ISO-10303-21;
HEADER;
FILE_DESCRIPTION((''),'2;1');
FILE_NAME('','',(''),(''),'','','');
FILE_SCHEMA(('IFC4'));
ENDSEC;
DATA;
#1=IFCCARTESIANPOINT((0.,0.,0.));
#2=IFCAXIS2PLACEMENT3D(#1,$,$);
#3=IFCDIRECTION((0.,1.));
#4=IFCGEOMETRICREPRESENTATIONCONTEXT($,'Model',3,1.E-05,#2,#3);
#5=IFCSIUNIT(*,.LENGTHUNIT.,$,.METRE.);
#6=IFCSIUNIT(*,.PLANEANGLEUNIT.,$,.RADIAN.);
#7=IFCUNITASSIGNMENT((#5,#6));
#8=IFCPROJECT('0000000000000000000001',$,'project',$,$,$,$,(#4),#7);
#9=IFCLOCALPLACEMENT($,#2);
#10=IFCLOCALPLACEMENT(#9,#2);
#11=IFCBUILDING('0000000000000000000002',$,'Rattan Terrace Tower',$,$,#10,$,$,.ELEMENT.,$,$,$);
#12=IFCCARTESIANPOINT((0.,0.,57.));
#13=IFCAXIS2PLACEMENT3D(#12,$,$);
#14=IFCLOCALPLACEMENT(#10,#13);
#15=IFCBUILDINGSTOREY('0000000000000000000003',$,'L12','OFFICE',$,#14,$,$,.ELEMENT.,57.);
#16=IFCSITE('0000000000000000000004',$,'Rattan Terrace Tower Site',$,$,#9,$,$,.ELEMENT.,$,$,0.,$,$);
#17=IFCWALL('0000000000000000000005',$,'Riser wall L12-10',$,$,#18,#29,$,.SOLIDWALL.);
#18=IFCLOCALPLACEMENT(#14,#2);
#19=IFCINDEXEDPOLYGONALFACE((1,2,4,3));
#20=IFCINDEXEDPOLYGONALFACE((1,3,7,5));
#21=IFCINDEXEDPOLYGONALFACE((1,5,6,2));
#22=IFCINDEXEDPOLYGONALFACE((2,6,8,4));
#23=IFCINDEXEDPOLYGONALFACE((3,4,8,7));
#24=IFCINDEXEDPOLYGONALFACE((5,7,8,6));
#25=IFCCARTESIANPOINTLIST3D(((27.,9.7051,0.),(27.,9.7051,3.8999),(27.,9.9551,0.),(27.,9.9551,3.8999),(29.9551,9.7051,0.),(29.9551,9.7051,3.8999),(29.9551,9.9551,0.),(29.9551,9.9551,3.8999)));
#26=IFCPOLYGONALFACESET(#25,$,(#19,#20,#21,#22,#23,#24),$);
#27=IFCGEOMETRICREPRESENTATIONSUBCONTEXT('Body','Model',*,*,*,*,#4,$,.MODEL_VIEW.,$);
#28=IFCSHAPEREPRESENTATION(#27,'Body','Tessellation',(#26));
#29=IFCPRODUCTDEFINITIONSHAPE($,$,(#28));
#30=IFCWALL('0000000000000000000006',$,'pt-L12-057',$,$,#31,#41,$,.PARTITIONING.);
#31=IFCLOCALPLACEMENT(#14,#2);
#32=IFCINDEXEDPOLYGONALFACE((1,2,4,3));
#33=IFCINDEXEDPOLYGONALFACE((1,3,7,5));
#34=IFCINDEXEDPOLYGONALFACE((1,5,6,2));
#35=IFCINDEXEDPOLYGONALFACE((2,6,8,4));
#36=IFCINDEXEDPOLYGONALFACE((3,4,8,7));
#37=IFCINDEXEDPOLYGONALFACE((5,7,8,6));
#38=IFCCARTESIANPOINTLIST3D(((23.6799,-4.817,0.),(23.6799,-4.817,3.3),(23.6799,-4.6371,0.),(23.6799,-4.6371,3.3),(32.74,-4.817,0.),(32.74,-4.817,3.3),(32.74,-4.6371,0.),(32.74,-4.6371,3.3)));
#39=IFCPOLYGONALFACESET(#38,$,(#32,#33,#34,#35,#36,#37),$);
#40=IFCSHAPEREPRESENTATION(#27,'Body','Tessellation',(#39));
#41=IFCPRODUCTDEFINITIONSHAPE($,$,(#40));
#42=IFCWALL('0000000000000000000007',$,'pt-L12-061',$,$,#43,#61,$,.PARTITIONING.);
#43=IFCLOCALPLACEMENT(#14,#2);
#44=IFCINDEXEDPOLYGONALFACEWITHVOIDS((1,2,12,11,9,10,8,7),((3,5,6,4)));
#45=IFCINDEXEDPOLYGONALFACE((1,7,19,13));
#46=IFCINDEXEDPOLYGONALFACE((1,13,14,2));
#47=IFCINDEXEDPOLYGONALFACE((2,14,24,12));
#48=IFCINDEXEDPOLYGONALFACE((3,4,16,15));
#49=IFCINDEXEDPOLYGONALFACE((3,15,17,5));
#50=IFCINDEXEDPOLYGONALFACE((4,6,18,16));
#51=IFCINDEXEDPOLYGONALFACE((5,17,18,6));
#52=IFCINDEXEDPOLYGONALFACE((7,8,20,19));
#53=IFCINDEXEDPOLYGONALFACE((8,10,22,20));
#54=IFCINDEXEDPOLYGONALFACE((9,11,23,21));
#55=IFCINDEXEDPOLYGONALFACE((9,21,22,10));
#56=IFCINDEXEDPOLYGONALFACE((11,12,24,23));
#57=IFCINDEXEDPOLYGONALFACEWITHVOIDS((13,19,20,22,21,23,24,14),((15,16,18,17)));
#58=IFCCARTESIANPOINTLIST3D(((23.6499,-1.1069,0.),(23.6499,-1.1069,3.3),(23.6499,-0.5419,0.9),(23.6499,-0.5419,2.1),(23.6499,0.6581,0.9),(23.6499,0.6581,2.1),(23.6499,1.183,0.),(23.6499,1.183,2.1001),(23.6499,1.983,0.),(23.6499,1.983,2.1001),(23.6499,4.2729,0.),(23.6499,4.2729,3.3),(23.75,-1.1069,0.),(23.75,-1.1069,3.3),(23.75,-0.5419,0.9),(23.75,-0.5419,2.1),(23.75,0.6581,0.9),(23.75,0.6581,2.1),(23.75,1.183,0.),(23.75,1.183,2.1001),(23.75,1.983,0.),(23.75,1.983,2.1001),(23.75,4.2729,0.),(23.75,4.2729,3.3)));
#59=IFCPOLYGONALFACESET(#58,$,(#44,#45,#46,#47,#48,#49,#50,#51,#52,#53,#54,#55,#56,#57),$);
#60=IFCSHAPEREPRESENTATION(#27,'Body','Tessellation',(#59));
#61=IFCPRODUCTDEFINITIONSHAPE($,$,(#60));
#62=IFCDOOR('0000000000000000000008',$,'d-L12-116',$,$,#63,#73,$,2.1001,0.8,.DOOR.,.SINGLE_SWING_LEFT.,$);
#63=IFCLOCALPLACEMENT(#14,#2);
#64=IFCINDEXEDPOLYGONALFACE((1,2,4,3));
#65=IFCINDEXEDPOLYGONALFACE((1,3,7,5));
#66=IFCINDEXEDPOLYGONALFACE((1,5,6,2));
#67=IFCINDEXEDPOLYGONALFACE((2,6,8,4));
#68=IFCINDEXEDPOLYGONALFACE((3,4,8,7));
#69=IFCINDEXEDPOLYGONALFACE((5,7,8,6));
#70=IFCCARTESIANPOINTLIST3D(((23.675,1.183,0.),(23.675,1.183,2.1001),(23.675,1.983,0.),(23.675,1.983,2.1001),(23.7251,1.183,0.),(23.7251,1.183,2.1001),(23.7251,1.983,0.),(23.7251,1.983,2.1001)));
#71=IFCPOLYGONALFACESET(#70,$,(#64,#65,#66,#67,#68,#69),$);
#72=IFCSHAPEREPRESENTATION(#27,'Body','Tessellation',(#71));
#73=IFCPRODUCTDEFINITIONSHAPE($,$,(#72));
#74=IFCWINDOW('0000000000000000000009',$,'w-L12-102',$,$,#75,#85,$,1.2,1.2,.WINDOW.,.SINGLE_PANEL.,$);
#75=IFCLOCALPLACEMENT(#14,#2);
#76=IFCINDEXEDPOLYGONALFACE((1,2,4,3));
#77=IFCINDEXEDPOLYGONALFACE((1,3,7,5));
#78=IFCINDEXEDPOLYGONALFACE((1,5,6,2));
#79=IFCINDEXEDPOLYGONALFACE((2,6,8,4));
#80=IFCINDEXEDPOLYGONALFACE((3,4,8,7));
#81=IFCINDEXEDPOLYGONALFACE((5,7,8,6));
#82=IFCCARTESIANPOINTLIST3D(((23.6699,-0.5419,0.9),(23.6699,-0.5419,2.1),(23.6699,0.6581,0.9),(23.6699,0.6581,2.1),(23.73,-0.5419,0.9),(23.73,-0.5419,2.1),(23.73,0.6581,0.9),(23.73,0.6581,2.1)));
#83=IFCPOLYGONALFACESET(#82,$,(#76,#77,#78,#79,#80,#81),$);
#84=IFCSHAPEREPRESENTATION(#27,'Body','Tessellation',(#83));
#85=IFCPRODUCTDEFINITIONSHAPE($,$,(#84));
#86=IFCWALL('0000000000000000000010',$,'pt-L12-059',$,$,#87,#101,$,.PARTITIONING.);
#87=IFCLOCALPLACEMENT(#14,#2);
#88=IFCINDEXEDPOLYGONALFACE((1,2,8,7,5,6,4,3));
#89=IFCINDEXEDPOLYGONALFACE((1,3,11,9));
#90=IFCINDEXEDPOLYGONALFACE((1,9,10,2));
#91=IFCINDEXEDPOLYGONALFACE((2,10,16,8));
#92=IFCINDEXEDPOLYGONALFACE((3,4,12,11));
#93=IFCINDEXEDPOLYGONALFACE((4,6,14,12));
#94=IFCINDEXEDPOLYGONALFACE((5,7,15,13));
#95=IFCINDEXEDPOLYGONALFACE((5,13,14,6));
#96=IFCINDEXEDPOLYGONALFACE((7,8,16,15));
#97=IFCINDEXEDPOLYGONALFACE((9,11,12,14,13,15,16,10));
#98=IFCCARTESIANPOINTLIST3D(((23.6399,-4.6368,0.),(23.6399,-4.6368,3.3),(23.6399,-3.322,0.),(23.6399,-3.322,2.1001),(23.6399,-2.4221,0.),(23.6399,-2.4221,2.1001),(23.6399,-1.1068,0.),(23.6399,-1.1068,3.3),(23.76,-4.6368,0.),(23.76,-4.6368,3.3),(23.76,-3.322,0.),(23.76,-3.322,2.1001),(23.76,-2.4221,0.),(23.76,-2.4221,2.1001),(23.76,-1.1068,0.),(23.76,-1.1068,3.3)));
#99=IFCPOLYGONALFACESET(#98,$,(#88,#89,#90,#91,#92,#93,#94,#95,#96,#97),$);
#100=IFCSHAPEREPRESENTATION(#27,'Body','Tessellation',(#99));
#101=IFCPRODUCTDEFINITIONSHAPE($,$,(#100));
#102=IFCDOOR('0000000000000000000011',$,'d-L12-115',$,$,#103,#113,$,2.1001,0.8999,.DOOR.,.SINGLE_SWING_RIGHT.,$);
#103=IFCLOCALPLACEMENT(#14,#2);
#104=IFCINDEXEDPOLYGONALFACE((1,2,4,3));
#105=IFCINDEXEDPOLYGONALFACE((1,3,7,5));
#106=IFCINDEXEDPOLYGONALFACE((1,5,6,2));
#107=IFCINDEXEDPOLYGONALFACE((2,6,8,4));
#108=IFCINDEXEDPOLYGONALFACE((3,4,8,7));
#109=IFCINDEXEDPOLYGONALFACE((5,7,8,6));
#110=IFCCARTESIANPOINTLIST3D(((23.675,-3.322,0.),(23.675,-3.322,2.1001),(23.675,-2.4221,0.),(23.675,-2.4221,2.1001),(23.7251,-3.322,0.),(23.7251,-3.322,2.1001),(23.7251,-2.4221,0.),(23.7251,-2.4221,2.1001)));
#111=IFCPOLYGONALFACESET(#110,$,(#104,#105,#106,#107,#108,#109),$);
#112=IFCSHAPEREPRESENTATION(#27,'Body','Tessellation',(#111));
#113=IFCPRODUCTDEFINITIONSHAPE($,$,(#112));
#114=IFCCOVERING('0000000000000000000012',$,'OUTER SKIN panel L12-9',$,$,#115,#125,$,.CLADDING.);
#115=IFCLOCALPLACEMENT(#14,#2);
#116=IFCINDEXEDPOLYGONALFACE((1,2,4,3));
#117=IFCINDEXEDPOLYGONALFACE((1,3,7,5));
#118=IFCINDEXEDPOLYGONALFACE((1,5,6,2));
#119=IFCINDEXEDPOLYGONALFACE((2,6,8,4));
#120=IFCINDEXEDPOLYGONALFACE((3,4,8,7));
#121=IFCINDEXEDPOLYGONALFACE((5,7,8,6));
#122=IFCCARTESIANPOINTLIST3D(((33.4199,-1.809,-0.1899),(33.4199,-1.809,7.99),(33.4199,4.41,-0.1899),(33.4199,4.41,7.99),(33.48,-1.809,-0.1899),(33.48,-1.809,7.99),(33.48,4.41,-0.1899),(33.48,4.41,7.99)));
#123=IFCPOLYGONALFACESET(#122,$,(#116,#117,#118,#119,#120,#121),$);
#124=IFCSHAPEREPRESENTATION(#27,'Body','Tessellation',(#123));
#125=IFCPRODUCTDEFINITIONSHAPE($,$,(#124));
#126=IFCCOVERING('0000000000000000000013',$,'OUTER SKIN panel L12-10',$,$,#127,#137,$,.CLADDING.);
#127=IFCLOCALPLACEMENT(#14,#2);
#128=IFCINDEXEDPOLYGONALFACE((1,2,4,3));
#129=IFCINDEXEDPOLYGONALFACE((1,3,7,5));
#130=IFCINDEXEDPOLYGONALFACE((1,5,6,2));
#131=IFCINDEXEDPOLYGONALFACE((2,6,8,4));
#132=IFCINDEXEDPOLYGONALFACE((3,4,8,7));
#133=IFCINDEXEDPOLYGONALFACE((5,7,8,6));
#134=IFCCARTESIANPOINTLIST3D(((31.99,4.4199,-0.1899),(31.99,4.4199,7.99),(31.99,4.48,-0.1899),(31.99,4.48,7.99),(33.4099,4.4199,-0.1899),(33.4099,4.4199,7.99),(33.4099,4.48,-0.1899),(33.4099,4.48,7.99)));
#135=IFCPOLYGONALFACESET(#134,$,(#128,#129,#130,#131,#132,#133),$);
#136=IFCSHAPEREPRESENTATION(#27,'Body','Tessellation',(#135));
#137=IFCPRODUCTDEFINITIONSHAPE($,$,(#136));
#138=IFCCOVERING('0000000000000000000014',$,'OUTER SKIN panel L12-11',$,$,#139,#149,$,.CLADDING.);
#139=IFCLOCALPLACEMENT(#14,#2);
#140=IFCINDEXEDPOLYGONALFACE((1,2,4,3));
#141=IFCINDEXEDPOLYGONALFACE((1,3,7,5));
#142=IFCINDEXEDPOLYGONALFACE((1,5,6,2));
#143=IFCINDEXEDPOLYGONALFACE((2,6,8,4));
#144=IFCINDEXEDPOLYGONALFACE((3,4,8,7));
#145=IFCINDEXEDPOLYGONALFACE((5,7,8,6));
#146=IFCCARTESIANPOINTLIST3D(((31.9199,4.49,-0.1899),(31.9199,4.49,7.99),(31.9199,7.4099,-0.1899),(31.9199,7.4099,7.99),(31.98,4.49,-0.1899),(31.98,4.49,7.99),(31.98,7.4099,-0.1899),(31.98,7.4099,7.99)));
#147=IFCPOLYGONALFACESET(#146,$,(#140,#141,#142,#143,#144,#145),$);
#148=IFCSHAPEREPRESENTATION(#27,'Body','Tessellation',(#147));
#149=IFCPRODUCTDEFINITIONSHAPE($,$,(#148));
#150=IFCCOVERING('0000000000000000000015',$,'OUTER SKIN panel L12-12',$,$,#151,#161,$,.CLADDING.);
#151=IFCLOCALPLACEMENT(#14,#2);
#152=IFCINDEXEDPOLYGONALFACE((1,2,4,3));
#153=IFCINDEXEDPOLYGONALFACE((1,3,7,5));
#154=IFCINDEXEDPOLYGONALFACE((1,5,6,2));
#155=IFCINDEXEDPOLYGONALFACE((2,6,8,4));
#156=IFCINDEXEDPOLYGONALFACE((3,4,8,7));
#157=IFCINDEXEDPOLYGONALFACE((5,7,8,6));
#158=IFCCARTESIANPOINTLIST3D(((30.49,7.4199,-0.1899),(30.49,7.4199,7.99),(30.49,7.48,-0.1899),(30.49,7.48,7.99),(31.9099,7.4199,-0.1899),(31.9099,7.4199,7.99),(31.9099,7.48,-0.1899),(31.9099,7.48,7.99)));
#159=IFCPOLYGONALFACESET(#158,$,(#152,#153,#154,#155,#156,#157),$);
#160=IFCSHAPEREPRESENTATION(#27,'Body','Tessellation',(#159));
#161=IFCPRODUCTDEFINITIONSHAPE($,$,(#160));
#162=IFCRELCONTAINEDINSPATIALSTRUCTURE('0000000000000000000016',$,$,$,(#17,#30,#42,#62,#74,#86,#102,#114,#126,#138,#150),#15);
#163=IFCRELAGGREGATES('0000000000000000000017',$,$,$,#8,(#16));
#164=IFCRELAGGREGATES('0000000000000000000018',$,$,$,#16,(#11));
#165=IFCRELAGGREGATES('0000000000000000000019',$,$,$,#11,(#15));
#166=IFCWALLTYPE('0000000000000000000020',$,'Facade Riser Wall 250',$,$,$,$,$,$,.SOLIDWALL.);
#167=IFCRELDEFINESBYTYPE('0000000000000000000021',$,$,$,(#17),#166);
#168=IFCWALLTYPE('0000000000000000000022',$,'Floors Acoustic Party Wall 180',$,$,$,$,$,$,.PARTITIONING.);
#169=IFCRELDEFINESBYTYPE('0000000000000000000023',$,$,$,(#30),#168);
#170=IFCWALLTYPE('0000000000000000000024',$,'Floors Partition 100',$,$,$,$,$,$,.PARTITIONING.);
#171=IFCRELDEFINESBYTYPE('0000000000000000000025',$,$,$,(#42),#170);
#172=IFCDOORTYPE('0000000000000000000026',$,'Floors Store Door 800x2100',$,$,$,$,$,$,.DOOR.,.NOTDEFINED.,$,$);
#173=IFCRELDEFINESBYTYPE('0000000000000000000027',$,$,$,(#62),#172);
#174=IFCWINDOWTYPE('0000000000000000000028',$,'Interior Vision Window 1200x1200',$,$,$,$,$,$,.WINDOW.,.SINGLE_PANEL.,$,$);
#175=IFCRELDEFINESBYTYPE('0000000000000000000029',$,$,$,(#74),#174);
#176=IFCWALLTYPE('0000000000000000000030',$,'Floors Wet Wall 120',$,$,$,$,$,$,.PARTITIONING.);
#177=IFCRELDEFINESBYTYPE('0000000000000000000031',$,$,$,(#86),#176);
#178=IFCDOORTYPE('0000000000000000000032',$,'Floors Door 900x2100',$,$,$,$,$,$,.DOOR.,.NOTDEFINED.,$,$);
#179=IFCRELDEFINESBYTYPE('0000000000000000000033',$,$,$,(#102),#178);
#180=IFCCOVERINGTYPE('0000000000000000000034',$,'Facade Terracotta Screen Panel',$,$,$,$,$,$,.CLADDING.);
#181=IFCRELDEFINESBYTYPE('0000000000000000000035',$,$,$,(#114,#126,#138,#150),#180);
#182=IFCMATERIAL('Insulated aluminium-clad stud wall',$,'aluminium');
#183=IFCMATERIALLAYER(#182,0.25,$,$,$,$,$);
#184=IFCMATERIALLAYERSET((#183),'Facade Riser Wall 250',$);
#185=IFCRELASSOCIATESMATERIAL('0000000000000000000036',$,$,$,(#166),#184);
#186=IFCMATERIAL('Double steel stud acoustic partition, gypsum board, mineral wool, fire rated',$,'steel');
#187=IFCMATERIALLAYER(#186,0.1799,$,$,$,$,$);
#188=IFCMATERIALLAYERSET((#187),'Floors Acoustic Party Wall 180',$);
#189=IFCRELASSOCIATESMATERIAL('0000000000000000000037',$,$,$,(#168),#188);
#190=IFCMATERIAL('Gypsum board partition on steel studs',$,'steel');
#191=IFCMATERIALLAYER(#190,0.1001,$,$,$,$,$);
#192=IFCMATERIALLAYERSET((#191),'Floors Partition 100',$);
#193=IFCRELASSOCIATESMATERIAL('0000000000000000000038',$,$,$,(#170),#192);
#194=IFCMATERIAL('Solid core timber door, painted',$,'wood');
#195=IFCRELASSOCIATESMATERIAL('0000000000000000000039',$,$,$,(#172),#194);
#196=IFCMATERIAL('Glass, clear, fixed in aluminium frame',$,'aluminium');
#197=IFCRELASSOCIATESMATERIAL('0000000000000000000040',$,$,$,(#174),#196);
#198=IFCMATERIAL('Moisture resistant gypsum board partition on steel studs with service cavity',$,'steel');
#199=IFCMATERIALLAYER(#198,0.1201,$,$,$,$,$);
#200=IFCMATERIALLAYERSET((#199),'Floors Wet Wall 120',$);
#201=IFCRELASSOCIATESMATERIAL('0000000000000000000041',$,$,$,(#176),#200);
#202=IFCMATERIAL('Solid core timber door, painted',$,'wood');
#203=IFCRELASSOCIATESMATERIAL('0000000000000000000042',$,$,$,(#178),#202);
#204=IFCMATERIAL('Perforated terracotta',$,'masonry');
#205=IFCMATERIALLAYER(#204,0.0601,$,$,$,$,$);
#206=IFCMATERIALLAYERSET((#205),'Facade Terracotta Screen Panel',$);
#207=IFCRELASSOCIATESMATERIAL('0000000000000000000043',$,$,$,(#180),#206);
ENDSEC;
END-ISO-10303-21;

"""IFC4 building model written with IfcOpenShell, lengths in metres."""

from ifc_helpers import new_model, si_unit, direction, frame, frame_2d, origin, origin_2d, place, context, subcontext, project, spatial, rectangle, extrude, material, layer, layer_set, type_object, element, fill, save


model = new_model("IFC4")

# Units and contexts
model_context = context("Model", 3, precision=1e-05, world=origin(), true_north=direction((0.0, 1.0)))
body_context = subcontext(model_context, "Body", "Model", "MODEL_VIEW")
ifc_project = project(units=[si_unit("LENGTHUNIT", "METRE"), si_unit("PLANEANGLEUNIT", "RADIAN")], contexts=[model_context])

# Site, building, storey
site_placement = place(None, origin())
site = spatial("IfcSite", under=ifc_project, at=site_placement, Name="Rattan Terrace Tower Site", CompositionType="ELEMENT", RefElevation=0.0)
building_placement = place(site_placement, origin())
building = spatial("IfcBuilding", under=site, at=building_placement, Name="Rattan Terrace Tower", CompositionType="ELEMENT")
storey_placement = place(building_placement, frame((0.0, 0.0, 57.0)))
storey = spatial("IfcBuildingStorey", under=building, at=storey_placement, Name="L12", Description="OFFICE", CompositionType="ELEMENT", Elevation=57.0)

# Walls
ifc_material_1 = material(Name="Insulated aluminium-clad stud wall", Category="aluminium")
ifc_layer_1 = layer(ifc_material_1, 0.25)
ifc_layer_set_1 = layer_set([ifc_layer_1], Name="Facade Riser Wall 250")
wall_type_1 = type_object("IfcWallType", Name="Facade Riser Wall 250", PredefinedType="SOLIDWALL", material=ifc_layer_set_1)
wall_1_placement = place(storey_placement, frame((29.9551, 9.8301, 0.0), z_axis=(0.0, 0.0, 1.0), x_axis=(-1.0, 0.0, 0.0)))
element("IfcWall", 1, at=wall_1_placement, inside=storey, type_object=wall_type_1, Name="Riser wall L12-10", PredefinedType="SOLIDWALL", context=body_context, shape_type="SweptSolid", body=[
    extrude(rectangle(XDim=2.9551, YDim=0.25, at=frame_2d((1.4775, 0.0))), origin(), (0.0, 0.0, 1.0), 3.8999),
])
ifc_material_2 = material(Name="Double steel stud acoustic partition, gypsum board, mineral wool, fire rated", Category="steel")
ifc_layer_2 = layer(ifc_material_2, 0.1799)
ifc_layer_set_2 = layer_set([ifc_layer_2], Name="Floors Acoustic Party Wall 180")
wall_type_2 = type_object("IfcWallType", Name="Floors Acoustic Party Wall 180", PredefinedType="PARTITIONING", material=ifc_layer_set_2)
wall_2_placement = place(storey_placement, frame((23.6799, -4.7271, 0.0), z_axis=(0.0, 0.0, 1.0), x_axis=(1.0, 0.0, 0.0)))
element("IfcWall", 2, at=wall_2_placement, inside=storey, type_object=wall_type_2, Name="pt-L12-057", PredefinedType="PARTITIONING", context=body_context, shape_type="SweptSolid", body=[
    extrude(rectangle(XDim=9.0601, YDim=0.1799, at=frame_2d((4.53, 0.0))), origin(), (0.0, 0.0, 1.0), 3.3),
])

# Wall, openings, door, window
ifc_material_3 = material(Name="Gypsum board partition on steel studs", Category="steel")
ifc_layer_3 = layer(ifc_material_3, 0.1001)
ifc_layer_set_3 = layer_set([ifc_layer_3], Name="Floors Partition 100")
wall_type_3 = type_object("IfcWallType", Name="Floors Partition 100", PredefinedType="PARTITIONING", material=ifc_layer_set_3)
wall_3_placement = place(storey_placement, frame((23.7, -1.1069, 0.0), z_axis=(0.0, 0.0, 1.0), x_axis=(0.0, 1.0, 0.0)))
wall_3 = element("IfcWall", 3, at=wall_3_placement, inside=storey, type_object=wall_type_3, Name="pt-L12-061", PredefinedType="PARTITIONING", context=body_context, shape_type="SweptSolid", body=[
    extrude(rectangle(XDim=5.3799, YDim=0.1001, at=frame_2d((2.6899, 0.0))), origin(), (0.0, 0.0, 1.0), 3.3),
])
opening_1_placement = place(wall_3_placement, frame((2.29, 0.0, 0.0)))
opening_1 = element("IfcOpeningElement", 4, at=opening_1_placement, cuts=wall_3, PredefinedType="OPENING", context=body_context, shape_type="SweptSolid", body=[
    extrude(rectangle(XDim=0.8, YDim=2.1001, at=frame_2d((0.3999, 1.05))), frame((0.0, 0.0605, 0.0), z_axis=(0.0, -1.0, 0.0), x_axis=(1.0, 0.0, 0.0)), (0.0, 0.0, 1.0), 0.1211),
])
opening_2_placement = place(wall_3_placement, frame((0.5649, 0.0, 0.8999)))
opening_2 = element("IfcOpeningElement", 5, at=opening_2_placement, cuts=wall_3, PredefinedType="OPENING", context=body_context, shape_type="SweptSolid", body=[
    extrude(rectangle(XDim=1.2, YDim=1.2, at=frame_2d((0.6001, 0.6001))), frame((0.0, 0.0605, 0.0), z_axis=(0.0, -1.0, 0.0), x_axis=(1.0, 0.0, 0.0)), (0.0, 0.0, 1.0), 0.1211),
])
ifc_material_4 = material(Name="Solid core timber door, painted", Category="wood")
door_type_1 = type_object("IfcDoorType", Name="Floors Store Door 800x2100", OperationType="NOTDEFINED", PredefinedType="DOOR", material=ifc_material_4)
door_1_placement = place(opening_1_placement, origin())
door_1 = element("IfcDoor", 6, at=door_1_placement, inside=storey, type_object=door_type_1, Name="d-L12-116", OperationType="SINGLE_SWING_LEFT", OverallHeight=2.1001, OverallWidth=0.8, PredefinedType="DOOR", context=body_context, shape_type="SweptSolid", body=[
    extrude(rectangle(XDim=0.8, YDim=2.1001, at=frame_2d((0.3999, 1.05))), frame((0.0, 0.0249, 0.0), z_axis=(0.0, -1.0, 0.0), x_axis=(1.0, 0.0, 0.0)), (0.0, 0.0, 1.0), 0.05),
])
fill(opening_1, door_1)
ifc_material_5 = material(Name="Glass, clear, fixed in aluminium frame", Category="aluminium")
window_type = type_object("IfcWindowType", Name="Interior Vision Window 1200x1200", PartitioningType="SINGLE_PANEL", PredefinedType="WINDOW", material=ifc_material_5)
window_placement = place(opening_2_placement, origin())
window = element("IfcWindow", 7, at=window_placement, inside=storey, type_object=window_type, Name="w-L12-102", OverallHeight=1.2, OverallWidth=1.2, PartitioningType="SINGLE_PANEL", PredefinedType="WINDOW", context=body_context, shape_type="SweptSolid", body=[
    extrude(rectangle(XDim=1.2, YDim=1.2, at=frame_2d((0.6001, 0.6001))), frame((0.0, 0.03, 0.0), z_axis=(0.0, -1.0, 0.0), x_axis=(1.0, 0.0, 0.0)), (0.0, 0.0, 1.0), 0.0601),
])
fill(opening_2, window)

# Wall, opening, door
ifc_material_6 = material(Name="Moisture resistant gypsum board partition on steel studs with service cavity", Category="steel")
ifc_layer_4 = layer(ifc_material_6, 0.1201)
ifc_layer_set_4 = layer_set([ifc_layer_4], Name="Floors Wet Wall 120")
wall_type_4 = type_object("IfcWallType", Name="Floors Wet Wall 120", PredefinedType="PARTITIONING", material=ifc_layer_set_4)
wall_4_placement = place(storey_placement, frame((23.7, -4.637, 0.0), z_axis=(0.0, 0.0, 1.0), x_axis=(0.0, 1.0, 0.0)))
wall_4 = element("IfcWall", 8, at=wall_4_placement, inside=storey, type_object=wall_type_4, Name="pt-L12-059", PredefinedType="PARTITIONING", context=body_context, shape_type="SweptSolid", body=[
    extrude(rectangle(XDim=3.53, YDim=0.1201, at=frame_2d((1.7651, 0.0))), origin(), (0.0, 0.0, 1.0), 3.3),
])
opening_3_placement = place(wall_4_placement, frame((1.3149, 0.0, 0.0)))
opening_3 = element("IfcOpeningElement", 9, at=opening_3_placement, cuts=wall_4, PredefinedType="OPENING", context=body_context, shape_type="SweptSolid", body=[
    extrude(rectangle(XDim=0.8999, YDim=2.1001, at=frame_2d((0.45, 1.05))), frame((0.0, 0.0706, 0.0), z_axis=(0.0, -1.0, 0.0), x_axis=(1.0, 0.0, 0.0)), (0.0, 0.0, 1.0), 0.1411),
])
ifc_material_7 = material(Name="Solid core timber door, painted", Category="wood")
door_type_2 = type_object("IfcDoorType", Name="Floors Door 900x2100", OperationType="NOTDEFINED", PredefinedType="DOOR", material=ifc_material_7)
door_2_placement = place(opening_3_placement, origin())
door_2 = element("IfcDoor", 10, at=door_2_placement, inside=storey, type_object=door_type_2, Name="d-L12-115", OperationType="SINGLE_SWING_RIGHT", OverallHeight=2.1001, OverallWidth=0.8999, PredefinedType="DOOR", context=body_context, shape_type="SweptSolid", body=[
    extrude(rectangle(XDim=0.8999, YDim=2.1001, at=frame_2d((0.45, 1.05))), frame((0.0, 0.0249, 0.0), z_axis=(0.0, -1.0, 0.0), x_axis=(1.0, 0.0, 0.0)), (0.0, 0.0, 1.0), 0.05),
])
fill(opening_3, door_2)

# Coverings
ifc_material_8 = material(Name="Perforated terracotta", Category="masonry")
ifc_layer_5 = layer(ifc_material_8, 0.0601)
ifc_layer_set_5 = layer_set([ifc_layer_5], Name="Facade Terracotta Screen Panel")
covering_type = type_object("IfcCoveringType", Name="Facade Terracotta Screen Panel", PredefinedType="CLADDING", material=ifc_layer_set_5)
covering_1_placement = place(storey_placement, frame((33.45, 1.3005, -0.1899), z_axis=(0.0, 0.0, 1.0), x_axis=(0.0, 1.0, 0.0)))
element("IfcCovering", 11, at=covering_1_placement, inside=storey, type_object=covering_type, Name="OUTER SKIN panel L12-9", PredefinedType="CLADDING", context=body_context, shape_type="SweptSolid", body=[
    extrude(rectangle(XDim=6.219, YDim=0.0601, at=origin_2d()), origin(), (0.0, 0.0, 1.0), 8.1799),
])
covering_2_placement = place(storey_placement, frame((32.7, 4.45, -0.1899), z_axis=(0.0, 0.0, 1.0), x_axis=(-1.0, 0.0, 0.0)))
element("IfcCovering", 12, at=covering_2_placement, inside=storey, type_object=covering_type, Name="OUTER SKIN panel L12-10", PredefinedType="CLADDING", context=body_context, shape_type="SweptSolid", body=[
    extrude(rectangle(XDim=1.4199, YDim=0.0601, at=origin_2d()), origin(), (0.0, 0.0, 1.0), 8.1799),
])
covering_3_placement = place(storey_placement, frame((31.95, 5.95, -0.1899), z_axis=(0.0, 0.0, 1.0), x_axis=(0.0, 1.0, 0.0)))
element("IfcCovering", 13, at=covering_3_placement, inside=storey, type_object=covering_type, Name="OUTER SKIN panel L12-11", PredefinedType="CLADDING", context=body_context, shape_type="SweptSolid", body=[
    extrude(rectangle(XDim=2.9199, YDim=0.0601, at=origin_2d()), origin(), (0.0, 0.0, 1.0), 8.1799),
])
covering_4_placement = place(storey_placement, frame((31.2, 7.45, -0.1899), z_axis=(0.0, 0.0, 1.0), x_axis=(-1.0, 0.0, 0.0)))
element("IfcCovering", 14, at=covering_4_placement, inside=storey, type_object=covering_type, Name="OUTER SKIN panel L12-12", PredefinedType="CLADDING", context=body_context, shape_type="SweptSolid", body=[
    extrude(rectangle(XDim=1.4199, YDim=0.0601, at=origin_2d()), origin(), (0.0, 0.0, 1.0), 8.1799),
])

save(model, "model.ifc")
